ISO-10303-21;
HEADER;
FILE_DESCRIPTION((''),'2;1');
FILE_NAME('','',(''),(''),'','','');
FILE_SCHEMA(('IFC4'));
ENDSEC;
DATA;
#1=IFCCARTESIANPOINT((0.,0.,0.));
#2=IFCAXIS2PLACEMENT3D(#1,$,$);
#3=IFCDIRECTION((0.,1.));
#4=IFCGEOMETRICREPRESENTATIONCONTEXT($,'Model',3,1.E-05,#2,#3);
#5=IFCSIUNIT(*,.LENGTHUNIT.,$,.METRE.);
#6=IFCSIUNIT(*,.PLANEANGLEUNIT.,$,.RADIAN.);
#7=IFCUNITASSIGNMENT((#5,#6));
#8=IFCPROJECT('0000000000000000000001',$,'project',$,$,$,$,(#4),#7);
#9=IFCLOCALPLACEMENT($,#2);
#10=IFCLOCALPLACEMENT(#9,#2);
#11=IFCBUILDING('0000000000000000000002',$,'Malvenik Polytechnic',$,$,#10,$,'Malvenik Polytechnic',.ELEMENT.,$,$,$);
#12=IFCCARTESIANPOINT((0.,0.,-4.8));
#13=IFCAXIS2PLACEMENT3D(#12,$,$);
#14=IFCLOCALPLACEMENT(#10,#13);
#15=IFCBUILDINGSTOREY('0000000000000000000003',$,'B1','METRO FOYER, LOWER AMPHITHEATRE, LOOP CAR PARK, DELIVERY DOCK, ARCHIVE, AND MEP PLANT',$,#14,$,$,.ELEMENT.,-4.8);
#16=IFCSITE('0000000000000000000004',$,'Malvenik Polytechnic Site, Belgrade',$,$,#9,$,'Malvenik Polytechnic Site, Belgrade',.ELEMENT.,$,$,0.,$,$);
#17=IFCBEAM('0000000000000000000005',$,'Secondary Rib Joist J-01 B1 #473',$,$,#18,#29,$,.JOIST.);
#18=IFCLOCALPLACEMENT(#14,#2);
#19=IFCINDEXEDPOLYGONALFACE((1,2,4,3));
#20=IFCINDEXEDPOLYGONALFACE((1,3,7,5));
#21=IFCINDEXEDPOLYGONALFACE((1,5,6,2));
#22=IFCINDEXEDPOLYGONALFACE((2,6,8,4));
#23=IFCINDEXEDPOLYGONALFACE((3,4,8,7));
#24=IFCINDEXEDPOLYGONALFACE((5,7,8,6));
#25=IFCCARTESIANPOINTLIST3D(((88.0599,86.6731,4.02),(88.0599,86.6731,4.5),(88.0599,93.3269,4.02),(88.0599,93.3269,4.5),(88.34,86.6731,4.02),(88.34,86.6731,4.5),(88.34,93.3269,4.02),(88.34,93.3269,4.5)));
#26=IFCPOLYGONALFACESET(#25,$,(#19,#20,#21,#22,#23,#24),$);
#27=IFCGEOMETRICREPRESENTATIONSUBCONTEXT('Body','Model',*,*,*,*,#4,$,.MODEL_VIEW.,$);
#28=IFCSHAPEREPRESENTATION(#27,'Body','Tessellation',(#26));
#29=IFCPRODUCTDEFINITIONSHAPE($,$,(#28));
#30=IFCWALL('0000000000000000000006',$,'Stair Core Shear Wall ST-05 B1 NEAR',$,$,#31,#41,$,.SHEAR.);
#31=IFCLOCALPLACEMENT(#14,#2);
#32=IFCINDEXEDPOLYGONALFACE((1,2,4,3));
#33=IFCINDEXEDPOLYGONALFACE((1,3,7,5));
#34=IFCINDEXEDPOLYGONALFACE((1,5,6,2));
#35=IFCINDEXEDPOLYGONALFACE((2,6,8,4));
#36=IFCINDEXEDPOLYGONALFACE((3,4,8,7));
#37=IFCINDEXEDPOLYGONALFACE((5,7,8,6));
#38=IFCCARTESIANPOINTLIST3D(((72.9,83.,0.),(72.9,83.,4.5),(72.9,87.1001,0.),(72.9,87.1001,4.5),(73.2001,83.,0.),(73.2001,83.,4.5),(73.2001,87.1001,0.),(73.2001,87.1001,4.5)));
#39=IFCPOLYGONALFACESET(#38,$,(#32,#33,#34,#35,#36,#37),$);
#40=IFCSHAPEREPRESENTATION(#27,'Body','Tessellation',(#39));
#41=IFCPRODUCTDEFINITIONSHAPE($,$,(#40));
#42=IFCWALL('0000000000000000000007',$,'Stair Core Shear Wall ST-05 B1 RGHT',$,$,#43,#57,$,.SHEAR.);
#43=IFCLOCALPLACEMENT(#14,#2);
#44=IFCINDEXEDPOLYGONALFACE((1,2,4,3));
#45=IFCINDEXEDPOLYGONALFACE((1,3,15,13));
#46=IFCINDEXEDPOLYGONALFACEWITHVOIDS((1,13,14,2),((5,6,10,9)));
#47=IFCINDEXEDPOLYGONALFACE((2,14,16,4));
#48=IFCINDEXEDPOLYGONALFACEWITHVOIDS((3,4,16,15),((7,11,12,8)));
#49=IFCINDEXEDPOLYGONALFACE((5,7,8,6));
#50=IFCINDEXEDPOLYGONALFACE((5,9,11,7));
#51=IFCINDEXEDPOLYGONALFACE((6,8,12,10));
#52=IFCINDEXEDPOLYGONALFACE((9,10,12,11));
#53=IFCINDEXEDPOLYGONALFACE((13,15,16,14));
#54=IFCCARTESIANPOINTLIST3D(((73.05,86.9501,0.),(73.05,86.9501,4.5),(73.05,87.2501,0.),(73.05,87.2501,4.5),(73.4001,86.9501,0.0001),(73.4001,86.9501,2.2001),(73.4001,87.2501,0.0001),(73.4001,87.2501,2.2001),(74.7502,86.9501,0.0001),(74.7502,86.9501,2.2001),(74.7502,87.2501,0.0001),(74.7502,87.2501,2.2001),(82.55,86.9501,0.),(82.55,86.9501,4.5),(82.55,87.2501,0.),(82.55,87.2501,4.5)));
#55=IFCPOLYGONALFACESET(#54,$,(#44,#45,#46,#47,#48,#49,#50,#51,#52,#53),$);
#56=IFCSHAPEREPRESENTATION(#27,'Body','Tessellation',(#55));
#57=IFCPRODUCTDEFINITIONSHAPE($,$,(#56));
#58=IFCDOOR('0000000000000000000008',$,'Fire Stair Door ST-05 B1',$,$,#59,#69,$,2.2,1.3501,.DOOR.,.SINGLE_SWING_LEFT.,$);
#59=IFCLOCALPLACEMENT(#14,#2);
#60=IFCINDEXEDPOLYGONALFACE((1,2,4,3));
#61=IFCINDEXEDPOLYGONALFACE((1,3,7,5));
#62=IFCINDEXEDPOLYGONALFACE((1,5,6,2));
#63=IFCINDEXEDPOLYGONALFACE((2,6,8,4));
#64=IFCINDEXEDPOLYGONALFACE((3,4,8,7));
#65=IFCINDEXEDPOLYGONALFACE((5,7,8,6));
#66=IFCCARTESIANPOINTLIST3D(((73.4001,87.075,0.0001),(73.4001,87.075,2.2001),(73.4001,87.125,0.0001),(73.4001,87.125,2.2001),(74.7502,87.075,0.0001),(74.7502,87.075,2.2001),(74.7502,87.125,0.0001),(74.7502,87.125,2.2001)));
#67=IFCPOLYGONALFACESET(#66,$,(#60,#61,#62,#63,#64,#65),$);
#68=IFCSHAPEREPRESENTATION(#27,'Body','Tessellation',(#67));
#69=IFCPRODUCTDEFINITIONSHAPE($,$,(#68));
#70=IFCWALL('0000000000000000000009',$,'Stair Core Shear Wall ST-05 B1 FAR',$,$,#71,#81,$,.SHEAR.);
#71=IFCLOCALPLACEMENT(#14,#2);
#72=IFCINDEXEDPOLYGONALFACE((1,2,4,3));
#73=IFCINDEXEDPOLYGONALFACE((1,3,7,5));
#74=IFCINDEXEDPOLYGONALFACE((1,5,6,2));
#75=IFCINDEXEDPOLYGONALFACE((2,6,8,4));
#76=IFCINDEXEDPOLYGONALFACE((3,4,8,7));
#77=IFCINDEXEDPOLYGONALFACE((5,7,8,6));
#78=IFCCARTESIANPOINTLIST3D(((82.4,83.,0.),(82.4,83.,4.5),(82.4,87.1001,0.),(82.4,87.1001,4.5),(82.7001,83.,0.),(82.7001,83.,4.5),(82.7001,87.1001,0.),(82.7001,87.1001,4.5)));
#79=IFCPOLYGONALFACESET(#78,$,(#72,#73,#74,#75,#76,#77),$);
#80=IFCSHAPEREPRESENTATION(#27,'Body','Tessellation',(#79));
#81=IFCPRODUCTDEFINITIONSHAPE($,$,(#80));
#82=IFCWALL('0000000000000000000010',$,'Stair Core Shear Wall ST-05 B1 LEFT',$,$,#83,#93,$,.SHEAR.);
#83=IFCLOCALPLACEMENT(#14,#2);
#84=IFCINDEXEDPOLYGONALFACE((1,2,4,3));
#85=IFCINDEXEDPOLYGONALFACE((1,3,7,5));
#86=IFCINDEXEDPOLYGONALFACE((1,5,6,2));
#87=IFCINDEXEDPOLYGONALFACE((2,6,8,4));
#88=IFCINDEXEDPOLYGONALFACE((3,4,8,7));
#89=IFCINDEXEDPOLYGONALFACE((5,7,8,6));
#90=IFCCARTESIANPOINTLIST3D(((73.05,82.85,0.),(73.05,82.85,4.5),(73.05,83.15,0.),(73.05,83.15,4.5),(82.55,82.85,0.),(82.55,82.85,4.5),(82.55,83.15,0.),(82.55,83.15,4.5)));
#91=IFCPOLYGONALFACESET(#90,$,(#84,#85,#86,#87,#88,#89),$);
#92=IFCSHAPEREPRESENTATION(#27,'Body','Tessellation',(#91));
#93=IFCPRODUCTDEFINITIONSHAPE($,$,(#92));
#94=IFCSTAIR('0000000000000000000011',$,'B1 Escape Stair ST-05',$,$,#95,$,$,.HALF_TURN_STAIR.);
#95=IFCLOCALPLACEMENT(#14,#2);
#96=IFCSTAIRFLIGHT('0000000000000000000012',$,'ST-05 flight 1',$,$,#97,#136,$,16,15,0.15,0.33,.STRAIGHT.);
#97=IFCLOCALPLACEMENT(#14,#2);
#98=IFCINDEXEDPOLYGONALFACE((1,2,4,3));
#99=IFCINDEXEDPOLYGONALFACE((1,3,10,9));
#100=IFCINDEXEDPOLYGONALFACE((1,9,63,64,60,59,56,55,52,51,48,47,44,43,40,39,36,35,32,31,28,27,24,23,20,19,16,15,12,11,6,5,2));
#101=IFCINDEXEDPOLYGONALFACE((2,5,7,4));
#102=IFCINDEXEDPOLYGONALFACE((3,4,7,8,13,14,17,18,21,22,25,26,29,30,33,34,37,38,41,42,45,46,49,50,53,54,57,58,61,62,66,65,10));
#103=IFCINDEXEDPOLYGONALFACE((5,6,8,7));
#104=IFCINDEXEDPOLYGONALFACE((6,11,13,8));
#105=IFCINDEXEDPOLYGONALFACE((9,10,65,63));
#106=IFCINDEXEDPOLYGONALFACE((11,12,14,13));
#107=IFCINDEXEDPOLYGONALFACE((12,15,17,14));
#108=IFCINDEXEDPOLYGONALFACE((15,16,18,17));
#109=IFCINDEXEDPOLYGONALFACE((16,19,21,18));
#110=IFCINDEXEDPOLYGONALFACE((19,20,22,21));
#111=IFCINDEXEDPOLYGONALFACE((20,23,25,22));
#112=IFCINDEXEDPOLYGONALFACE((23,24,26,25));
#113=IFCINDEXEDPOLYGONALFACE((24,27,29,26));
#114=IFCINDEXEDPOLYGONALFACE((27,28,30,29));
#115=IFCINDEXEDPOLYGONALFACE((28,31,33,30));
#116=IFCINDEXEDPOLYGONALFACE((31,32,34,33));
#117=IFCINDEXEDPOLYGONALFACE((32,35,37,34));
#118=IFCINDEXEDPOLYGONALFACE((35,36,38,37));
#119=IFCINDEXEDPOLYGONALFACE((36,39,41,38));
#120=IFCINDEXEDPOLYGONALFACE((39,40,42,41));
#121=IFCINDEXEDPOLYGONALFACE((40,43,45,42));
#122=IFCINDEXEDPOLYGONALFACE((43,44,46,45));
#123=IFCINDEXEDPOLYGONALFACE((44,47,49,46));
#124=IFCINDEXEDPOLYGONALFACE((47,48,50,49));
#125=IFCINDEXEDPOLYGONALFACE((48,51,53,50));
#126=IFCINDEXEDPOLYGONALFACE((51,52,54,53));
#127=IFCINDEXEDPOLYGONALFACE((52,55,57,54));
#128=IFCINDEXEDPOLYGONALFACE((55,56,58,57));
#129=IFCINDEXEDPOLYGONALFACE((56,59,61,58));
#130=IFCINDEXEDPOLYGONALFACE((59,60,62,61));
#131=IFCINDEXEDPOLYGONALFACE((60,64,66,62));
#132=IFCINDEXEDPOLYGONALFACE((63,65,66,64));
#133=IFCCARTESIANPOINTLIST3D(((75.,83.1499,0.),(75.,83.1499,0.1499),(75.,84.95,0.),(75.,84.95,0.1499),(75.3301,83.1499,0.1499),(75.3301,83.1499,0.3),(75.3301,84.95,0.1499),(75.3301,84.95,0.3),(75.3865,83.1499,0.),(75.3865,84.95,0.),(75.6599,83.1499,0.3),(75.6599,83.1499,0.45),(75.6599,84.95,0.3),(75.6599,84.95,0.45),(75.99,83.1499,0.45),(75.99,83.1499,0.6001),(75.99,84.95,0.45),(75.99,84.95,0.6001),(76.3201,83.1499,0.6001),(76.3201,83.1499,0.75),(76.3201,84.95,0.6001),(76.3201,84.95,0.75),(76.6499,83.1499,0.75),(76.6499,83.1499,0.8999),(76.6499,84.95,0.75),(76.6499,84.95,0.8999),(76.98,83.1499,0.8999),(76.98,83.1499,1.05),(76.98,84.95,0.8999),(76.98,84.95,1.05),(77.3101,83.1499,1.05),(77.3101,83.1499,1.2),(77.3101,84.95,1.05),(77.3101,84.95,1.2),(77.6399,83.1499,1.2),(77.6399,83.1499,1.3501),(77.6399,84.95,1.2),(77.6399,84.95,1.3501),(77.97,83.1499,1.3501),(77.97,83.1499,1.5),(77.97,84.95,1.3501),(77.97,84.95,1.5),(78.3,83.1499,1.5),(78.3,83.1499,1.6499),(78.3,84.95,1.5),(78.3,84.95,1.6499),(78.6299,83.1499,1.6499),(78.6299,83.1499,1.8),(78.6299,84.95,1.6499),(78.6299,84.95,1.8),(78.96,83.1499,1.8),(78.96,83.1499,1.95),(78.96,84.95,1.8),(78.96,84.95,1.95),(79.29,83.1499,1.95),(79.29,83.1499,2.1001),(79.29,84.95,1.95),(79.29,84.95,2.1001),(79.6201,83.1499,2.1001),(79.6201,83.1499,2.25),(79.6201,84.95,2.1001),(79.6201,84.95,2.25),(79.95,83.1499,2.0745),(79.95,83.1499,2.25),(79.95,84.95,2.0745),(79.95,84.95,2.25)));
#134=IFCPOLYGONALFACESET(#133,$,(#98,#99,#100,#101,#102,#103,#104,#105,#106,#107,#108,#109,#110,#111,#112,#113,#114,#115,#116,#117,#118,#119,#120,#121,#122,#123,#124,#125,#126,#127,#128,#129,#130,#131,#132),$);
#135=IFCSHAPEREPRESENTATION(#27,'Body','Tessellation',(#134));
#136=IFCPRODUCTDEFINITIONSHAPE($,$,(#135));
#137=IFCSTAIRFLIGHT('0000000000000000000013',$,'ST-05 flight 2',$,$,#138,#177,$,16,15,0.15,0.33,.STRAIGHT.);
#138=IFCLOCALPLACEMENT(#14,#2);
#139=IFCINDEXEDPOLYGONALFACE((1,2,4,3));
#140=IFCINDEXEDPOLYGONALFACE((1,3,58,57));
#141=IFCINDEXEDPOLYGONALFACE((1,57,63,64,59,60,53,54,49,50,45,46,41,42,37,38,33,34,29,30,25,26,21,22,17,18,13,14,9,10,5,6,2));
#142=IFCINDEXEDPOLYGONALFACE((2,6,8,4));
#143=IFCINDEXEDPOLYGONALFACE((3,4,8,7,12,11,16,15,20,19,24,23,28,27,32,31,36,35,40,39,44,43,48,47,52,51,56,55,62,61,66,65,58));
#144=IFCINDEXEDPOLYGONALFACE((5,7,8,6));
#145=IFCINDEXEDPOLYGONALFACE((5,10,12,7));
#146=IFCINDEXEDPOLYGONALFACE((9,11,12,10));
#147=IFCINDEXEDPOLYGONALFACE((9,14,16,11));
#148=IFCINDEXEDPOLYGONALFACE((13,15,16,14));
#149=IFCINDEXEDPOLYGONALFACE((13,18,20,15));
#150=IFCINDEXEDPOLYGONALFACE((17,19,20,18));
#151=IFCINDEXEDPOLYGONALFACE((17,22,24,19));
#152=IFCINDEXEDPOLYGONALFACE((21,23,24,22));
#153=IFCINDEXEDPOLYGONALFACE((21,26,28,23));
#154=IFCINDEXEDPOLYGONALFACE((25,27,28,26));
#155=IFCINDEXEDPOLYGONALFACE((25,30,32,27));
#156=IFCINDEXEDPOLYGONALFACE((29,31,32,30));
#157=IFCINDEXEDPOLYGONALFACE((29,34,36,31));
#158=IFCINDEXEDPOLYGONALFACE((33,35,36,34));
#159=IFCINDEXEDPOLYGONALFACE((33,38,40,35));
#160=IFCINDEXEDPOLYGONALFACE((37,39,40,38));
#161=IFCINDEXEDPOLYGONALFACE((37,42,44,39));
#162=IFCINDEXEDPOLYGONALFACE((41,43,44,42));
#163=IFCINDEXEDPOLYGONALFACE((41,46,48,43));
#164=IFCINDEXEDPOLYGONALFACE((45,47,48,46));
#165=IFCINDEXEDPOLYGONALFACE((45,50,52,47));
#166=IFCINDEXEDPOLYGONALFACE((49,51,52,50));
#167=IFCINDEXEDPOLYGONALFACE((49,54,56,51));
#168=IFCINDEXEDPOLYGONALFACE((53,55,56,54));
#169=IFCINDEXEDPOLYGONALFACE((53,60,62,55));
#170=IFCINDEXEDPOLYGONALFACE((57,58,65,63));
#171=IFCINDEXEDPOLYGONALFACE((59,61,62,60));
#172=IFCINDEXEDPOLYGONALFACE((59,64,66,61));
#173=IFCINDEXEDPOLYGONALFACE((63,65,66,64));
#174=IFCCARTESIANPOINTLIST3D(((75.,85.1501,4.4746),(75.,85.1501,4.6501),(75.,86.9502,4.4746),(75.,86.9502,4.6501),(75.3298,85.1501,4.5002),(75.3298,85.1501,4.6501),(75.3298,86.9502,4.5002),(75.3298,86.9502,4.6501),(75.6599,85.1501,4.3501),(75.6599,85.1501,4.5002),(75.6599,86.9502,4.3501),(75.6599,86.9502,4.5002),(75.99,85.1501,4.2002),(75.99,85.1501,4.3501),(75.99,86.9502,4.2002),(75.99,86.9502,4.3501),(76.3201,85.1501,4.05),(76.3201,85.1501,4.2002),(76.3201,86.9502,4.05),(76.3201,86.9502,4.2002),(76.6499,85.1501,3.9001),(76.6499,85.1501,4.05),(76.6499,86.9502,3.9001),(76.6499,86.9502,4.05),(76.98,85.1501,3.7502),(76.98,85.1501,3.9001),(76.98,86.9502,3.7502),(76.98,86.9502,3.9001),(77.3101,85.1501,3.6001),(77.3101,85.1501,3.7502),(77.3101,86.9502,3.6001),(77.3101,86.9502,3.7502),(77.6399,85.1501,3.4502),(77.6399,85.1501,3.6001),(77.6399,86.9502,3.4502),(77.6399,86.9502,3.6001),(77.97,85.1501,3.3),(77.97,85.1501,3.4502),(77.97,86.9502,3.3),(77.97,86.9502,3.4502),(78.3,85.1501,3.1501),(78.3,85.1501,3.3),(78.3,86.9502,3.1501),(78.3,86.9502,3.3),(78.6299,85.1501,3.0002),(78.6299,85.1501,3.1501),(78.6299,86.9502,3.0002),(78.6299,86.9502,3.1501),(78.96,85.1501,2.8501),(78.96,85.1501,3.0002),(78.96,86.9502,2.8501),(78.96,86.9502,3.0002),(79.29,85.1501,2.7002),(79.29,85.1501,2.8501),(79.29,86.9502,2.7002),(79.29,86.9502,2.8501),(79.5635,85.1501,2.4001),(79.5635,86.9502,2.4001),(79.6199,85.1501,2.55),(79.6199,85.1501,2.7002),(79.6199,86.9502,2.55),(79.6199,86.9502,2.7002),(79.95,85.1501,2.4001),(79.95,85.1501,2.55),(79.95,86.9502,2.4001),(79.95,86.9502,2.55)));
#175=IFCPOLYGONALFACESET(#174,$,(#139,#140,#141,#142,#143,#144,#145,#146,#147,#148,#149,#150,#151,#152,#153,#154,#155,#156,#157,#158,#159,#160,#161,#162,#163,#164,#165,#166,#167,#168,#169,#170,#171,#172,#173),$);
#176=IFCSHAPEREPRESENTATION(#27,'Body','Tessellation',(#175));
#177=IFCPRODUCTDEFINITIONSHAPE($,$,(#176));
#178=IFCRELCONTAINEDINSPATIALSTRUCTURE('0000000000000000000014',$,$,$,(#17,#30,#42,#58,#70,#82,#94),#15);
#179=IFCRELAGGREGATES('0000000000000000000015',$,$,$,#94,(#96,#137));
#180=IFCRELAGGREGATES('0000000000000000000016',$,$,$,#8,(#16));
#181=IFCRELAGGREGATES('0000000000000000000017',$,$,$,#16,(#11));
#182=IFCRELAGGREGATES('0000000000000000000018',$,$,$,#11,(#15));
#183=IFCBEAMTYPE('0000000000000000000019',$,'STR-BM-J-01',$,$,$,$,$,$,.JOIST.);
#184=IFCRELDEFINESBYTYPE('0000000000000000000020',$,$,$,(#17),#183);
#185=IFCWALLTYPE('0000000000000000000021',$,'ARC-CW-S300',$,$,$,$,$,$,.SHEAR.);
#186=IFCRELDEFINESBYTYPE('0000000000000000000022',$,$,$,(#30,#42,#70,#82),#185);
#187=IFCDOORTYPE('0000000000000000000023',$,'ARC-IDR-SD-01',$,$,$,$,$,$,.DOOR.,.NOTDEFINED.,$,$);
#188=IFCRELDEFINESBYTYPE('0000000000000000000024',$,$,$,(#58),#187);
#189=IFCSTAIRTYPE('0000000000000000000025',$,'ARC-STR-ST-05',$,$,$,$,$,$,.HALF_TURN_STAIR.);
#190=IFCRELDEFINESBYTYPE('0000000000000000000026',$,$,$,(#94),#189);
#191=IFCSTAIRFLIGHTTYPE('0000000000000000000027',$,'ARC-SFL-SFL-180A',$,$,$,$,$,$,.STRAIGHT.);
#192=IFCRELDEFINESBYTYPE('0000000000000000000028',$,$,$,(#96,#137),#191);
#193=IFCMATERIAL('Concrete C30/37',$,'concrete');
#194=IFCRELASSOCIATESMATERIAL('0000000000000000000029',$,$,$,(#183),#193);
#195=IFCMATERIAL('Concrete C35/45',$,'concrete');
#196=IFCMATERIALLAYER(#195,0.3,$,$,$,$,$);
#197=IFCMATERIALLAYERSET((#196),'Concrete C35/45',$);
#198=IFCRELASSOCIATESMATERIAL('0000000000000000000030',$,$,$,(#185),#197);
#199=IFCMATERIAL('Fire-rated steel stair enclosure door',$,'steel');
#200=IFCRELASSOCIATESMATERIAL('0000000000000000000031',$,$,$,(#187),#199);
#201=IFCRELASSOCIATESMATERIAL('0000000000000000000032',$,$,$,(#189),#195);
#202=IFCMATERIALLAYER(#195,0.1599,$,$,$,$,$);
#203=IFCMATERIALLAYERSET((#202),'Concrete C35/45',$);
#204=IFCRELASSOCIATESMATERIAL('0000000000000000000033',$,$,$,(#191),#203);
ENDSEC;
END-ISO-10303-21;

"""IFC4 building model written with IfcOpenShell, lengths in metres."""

from ifc_helpers import new_model, si_unit, direction, frame, frame_2d, origin, origin_2d, place, context, subcontext, project, spatial, polyline, rectangle, outline, extrude, material, layer, layer_set, material_profile, profile_set, type_object, element, fill, aggregate, save


model = new_model("IFC4")

# Units and contexts
model_context = context("Model", 3, precision=1e-05, world=origin(), true_north=direction((0.0, 1.0)))
body_context = subcontext(model_context, "Body", "Model", "MODEL_VIEW")
ifc_project = project(units=[si_unit("LENGTHUNIT", "METRE"), si_unit("PLANEANGLEUNIT", "RADIAN")], contexts=[model_context])

# Site, building, storey
site_placement = place(None, origin())
site = spatial("IfcSite", under=ifc_project, at=site_placement, Name="Malvenik Polytechnic Site, Belgrade", LongName="Malvenik Polytechnic Site, Belgrade", CompositionType="ELEMENT", RefElevation=0.0)
building_placement = place(site_placement, origin())
building = spatial("IfcBuilding", under=site, at=building_placement, Name="Malvenik Polytechnic", LongName="Malvenik Polytechnic", CompositionType="ELEMENT")
storey_placement = place(building_placement, frame((0.0, 0.0, -4.8)))
storey = spatial("IfcBuildingStorey", under=building, at=storey_placement, Name="B1", Description="METRO FOYER, LOWER AMPHITHEATRE, LOOP CAR PARK, DELIVERY DOCK, ARCHIVE, AND MEP PLANT", CompositionType="ELEMENT", Elevation=-4.8)

# Shared definitions
ifc_material_1 = material(Name="Concrete C35/45", Category="concrete")

# Beam
ifc_material_2 = material(Name="Concrete C30/37", Category="concrete")
ifc_material_profile_1 = material_profile(ifc_material_2, rectangle(XDim=0.28, YDim=0.48, at=origin_2d()), Name="RC JST 280x480")
ifc_profile_set_1 = profile_set([ifc_material_profile_1], Name="Concrete C30/37")
beam_type_1 = type_object("IfcBeamType", Name="STR-BM-J-01", PredefinedType="JOIST", material=ifc_profile_set_1)
beam_1_placement = place(storey_placement, frame((88.2, 86.6731, 4.26), z_axis=(0.0, 1.0, 0.0), x_axis=(-1.0, 0.0, 0.0)))
element("IfcBeam", 1, at=beam_1_placement, inside=storey, type_object=beam_type_1, Name="Secondary Rib Joist J-01 B1 #473", PredefinedType="JOIST", context=body_context, shape_type="SweptSolid", body=[
    extrude(rectangle(XDim=0.28, YDim=0.48, at=origin_2d()), origin(), (0.0, 0.0, 1.0), 6.6538),
])

# Wall
ifc_layer_1 = layer(ifc_material_1, 0.3)
ifc_layer_set_1 = layer_set([ifc_layer_1], Name="Concrete C35/45")
wall_type = type_object("IfcWallType", Name="ARC-CW-S300", PredefinedType="SHEAR", material=ifc_layer_set_1)
wall_1_placement = place(storey_placement, frame((73.05, 83.0, 0.0), z_axis=(0.0, 0.0, 1.0), x_axis=(0.0, 1.0, 0.0)))
element("IfcWall", 2, at=wall_1_placement, inside=storey, type_object=wall_type, Name="Stair Core Shear Wall ST-05 B1 NEAR", PredefinedType="SHEAR", context=body_context, shape_type="SweptSolid", body=[
    extrude(rectangle(XDim=4.1001, YDim=0.3, at=frame_2d((2.05, 0.0))), origin(), (0.0, 0.0, 1.0), 4.5),
])

# Wall, opening, door
wall_2_placement = place(storey_placement, frame((73.05, 87.1001, 0.0), z_axis=(0.0, 0.0, 1.0), x_axis=(1.0, 0.0, 0.0)))
wall_2 = element("IfcWall", 3, at=wall_2_placement, inside=storey, type_object=wall_type, Name="Stair Core Shear Wall ST-05 B1 RGHT", PredefinedType="SHEAR", context=body_context, shape_type="SweptSolid", body=[
    extrude(rectangle(XDim=9.5, YDim=0.3, at=frame_2d((4.75, 0.0))), origin(), (0.0, 0.0, 1.0), 4.5),
])
opening_placement = place(wall_2_placement, frame((0.3501, 0.0, 0.0)))
opening = element("IfcOpeningElement", 4, at=opening_placement, cuts=wall_2, PredefinedType="OPENING", context=body_context, shape_type="SweptSolid", body=[
    extrude(rectangle(XDim=1.3501, YDim=2.2, at=frame_2d((0.675, 1.1001))), frame((0.0, 0.1602, 0.0), z_axis=(0.0, -1.0, 0.0), x_axis=(1.0, 0.0, 0.0)), (0.0, 0.0, 1.0), 0.3201),
])
ifc_material_3 = material(Name="Fire-rated steel stair enclosure door", Category="steel")
door_type = type_object("IfcDoorType", Name="ARC-IDR-SD-01", OperationType="NOTDEFINED", PredefinedType="DOOR", material=ifc_material_3)
door_placement = place(opening_placement, origin())
door = element("IfcDoor", 5, at=door_placement, inside=storey, type_object=door_type, Name="Fire Stair Door ST-05 B1", OperationType="SINGLE_SWING_LEFT", OverallHeight=2.2, OverallWidth=1.3501, PredefinedType="DOOR", context=body_context, shape_type="SweptSolid", body=[
    extrude(rectangle(XDim=1.3501, YDim=2.2, at=frame_2d((0.675, 1.1001))), frame((0.0, 0.0249, 0.0), z_axis=(0.0, -1.0, 0.0), x_axis=(1.0, 0.0, 0.0)), (0.0, 0.0, 1.0), 0.05),
])
fill(opening, door)

# Walls
wall_3_placement = place(storey_placement, frame((82.55, 87.1001, 0.0), z_axis=(0.0, 0.0, 1.0), x_axis=(0.0, -1.0, 0.0)))
element("IfcWall", 6, at=wall_3_placement, inside=storey, type_object=wall_type, Name="Stair Core Shear Wall ST-05 B1 FAR", PredefinedType="SHEAR", context=body_context, shape_type="SweptSolid", body=[
    extrude(rectangle(XDim=4.1001, YDim=0.3, at=frame_2d((2.05, 0.0))), origin(), (0.0, 0.0, 1.0), 4.5),
])
wall_4_placement = place(storey_placement, frame((82.55, 83.0, 0.0), z_axis=(0.0, 0.0, 1.0), x_axis=(-1.0, 0.0, 0.0)))
element("IfcWall", 7, at=wall_4_placement, inside=storey, type_object=wall_type, Name="Stair Core Shear Wall ST-05 B1 LEFT", PredefinedType="SHEAR", context=body_context, shape_type="SweptSolid", body=[
    extrude(rectangle(XDim=9.5, YDim=0.3, at=frame_2d((4.75, 0.0))), origin(), (0.0, 0.0, 1.0), 4.5),
])

# Stair, stair flights
stair_type = type_object("IfcStairType", Name="ARC-STR-ST-05", PredefinedType="HALF_TURN_STAIR", material=ifc_material_1)
stair_placement = place(storey_placement, origin())
stair = element("IfcStair", 8, at=stair_placement, inside=storey, type_object=stair_type, Name="B1 Escape Stair ST-05", PredefinedType="HALF_TURN_STAIR")
ifc_layer_2 = layer(ifc_material_1, 0.1599)
ifc_layer_set_2 = layer_set([ifc_layer_2], Name="Concrete C35/45")
stair_flight_type = type_object("IfcStairFlightType", Name="ARC-SFL-SFL-180A", PredefinedType="STRAIGHT", material=ifc_layer_set_2)
stair_flight_1_placement = place(storey_placement, frame((75.0, 84.05, 0.0), z_axis=(0.0, 0.0, 1.0), x_axis=(1.0, 0.0, 0.0)))
stair_flight_1 = element("IfcStairFlight", 9, at=stair_flight_1_placement, type_object=stair_flight_type, Name="ST-05 flight 1", NumberOfRisers=16, NumberOfTreads=15, PredefinedType="STRAIGHT", RiserHeight=0.15, TreadLength=0.33, context=body_context, shape_type="SweptSolid", body=[
    extrude(outline(polyline([(0.0, 0.0), (0.0, 0.1499), (0.3301, 0.1499), (0.3301, 0.3), (0.6599, 0.3), (0.6599, 0.45), (0.99, 0.45), (0.99, 0.6001), (1.3201, 0.6001), (1.3201, 0.75), (1.6499, 0.75), (1.6499, 0.8999), (1.98, 0.8999), (1.98, 1.05), (2.3101, 1.05), (2.3101, 1.2), (2.6399, 1.2), (2.6399, 1.3501), (2.97, 1.3501), (2.97, 1.5), (3.3, 1.5), (3.3, 1.6499), (3.6299, 1.6499), (3.6299, 1.8), (3.96, 1.8), (3.96, 1.95), (4.29, 1.95), (4.29, 2.1001), (4.6201, 2.1001), (4.6201, 2.25), (4.95, 2.25), (4.95, 2.3999), (4.95, 2.0745), (0.3865, 0.0), (0.0, 0.0)])), frame((0.0, 0.8999, 0.0), z_axis=(0.0, -1.0, 0.0), x_axis=(1.0, 0.0, 0.0)), (0.0, 0.0, 1.0), 1.8),
])
stair_flight_2_placement = place(storey_placement, frame((79.95, 86.05, 2.4001), z_axis=(0.0, 0.0, 1.0), x_axis=(-1.0, 0.0, 0.0)))
stair_flight_2 = element("IfcStairFlight", 10, at=stair_flight_2_placement, type_object=stair_flight_type, Name="ST-05 flight 2", NumberOfRisers=16, NumberOfTreads=15, PredefinedType="STRAIGHT", RiserHeight=0.15, TreadLength=0.33, context=body_context, shape_type="SweptSolid", body=[
    extrude(outline(polyline([(0.0, 0.0), (0.0, 0.1499), (0.3301, 0.1499), (0.3301, 0.3), (0.6599, 0.3), (0.6599, 0.45), (0.99, 0.45), (0.99, 0.6001), (1.3201, 0.6001), (1.3201, 0.75), (1.6499, 0.75), (1.6499, 0.8999), (1.98, 0.8999), (1.98, 1.05), (2.3101, 1.05), (2.3101, 1.2), (2.6399, 1.2), (2.6399, 1.3501), (2.97, 1.3501), (2.97, 1.5), (3.3, 1.5), (3.3, 1.6499), (3.6299, 1.6499), (3.6299, 1.8), (3.96, 1.8), (3.96, 1.95), (4.29, 1.95), (4.29, 2.1001), (4.6201, 2.1001), (4.6201, 2.25), (4.95, 2.25), (4.95, 2.3999), (4.95, 2.0745), (0.3865, 0.0), (0.0, 0.0)])), frame((0.0, 0.8999, 0.0), z_axis=(0.0, -1.0, 0.0), x_axis=(1.0, 0.0, 0.0)), (0.0, 0.0, 1.0), 1.8),
])
aggregate(stair, [stair_flight_1, stair_flight_2])

save(model, "model.ifc")
